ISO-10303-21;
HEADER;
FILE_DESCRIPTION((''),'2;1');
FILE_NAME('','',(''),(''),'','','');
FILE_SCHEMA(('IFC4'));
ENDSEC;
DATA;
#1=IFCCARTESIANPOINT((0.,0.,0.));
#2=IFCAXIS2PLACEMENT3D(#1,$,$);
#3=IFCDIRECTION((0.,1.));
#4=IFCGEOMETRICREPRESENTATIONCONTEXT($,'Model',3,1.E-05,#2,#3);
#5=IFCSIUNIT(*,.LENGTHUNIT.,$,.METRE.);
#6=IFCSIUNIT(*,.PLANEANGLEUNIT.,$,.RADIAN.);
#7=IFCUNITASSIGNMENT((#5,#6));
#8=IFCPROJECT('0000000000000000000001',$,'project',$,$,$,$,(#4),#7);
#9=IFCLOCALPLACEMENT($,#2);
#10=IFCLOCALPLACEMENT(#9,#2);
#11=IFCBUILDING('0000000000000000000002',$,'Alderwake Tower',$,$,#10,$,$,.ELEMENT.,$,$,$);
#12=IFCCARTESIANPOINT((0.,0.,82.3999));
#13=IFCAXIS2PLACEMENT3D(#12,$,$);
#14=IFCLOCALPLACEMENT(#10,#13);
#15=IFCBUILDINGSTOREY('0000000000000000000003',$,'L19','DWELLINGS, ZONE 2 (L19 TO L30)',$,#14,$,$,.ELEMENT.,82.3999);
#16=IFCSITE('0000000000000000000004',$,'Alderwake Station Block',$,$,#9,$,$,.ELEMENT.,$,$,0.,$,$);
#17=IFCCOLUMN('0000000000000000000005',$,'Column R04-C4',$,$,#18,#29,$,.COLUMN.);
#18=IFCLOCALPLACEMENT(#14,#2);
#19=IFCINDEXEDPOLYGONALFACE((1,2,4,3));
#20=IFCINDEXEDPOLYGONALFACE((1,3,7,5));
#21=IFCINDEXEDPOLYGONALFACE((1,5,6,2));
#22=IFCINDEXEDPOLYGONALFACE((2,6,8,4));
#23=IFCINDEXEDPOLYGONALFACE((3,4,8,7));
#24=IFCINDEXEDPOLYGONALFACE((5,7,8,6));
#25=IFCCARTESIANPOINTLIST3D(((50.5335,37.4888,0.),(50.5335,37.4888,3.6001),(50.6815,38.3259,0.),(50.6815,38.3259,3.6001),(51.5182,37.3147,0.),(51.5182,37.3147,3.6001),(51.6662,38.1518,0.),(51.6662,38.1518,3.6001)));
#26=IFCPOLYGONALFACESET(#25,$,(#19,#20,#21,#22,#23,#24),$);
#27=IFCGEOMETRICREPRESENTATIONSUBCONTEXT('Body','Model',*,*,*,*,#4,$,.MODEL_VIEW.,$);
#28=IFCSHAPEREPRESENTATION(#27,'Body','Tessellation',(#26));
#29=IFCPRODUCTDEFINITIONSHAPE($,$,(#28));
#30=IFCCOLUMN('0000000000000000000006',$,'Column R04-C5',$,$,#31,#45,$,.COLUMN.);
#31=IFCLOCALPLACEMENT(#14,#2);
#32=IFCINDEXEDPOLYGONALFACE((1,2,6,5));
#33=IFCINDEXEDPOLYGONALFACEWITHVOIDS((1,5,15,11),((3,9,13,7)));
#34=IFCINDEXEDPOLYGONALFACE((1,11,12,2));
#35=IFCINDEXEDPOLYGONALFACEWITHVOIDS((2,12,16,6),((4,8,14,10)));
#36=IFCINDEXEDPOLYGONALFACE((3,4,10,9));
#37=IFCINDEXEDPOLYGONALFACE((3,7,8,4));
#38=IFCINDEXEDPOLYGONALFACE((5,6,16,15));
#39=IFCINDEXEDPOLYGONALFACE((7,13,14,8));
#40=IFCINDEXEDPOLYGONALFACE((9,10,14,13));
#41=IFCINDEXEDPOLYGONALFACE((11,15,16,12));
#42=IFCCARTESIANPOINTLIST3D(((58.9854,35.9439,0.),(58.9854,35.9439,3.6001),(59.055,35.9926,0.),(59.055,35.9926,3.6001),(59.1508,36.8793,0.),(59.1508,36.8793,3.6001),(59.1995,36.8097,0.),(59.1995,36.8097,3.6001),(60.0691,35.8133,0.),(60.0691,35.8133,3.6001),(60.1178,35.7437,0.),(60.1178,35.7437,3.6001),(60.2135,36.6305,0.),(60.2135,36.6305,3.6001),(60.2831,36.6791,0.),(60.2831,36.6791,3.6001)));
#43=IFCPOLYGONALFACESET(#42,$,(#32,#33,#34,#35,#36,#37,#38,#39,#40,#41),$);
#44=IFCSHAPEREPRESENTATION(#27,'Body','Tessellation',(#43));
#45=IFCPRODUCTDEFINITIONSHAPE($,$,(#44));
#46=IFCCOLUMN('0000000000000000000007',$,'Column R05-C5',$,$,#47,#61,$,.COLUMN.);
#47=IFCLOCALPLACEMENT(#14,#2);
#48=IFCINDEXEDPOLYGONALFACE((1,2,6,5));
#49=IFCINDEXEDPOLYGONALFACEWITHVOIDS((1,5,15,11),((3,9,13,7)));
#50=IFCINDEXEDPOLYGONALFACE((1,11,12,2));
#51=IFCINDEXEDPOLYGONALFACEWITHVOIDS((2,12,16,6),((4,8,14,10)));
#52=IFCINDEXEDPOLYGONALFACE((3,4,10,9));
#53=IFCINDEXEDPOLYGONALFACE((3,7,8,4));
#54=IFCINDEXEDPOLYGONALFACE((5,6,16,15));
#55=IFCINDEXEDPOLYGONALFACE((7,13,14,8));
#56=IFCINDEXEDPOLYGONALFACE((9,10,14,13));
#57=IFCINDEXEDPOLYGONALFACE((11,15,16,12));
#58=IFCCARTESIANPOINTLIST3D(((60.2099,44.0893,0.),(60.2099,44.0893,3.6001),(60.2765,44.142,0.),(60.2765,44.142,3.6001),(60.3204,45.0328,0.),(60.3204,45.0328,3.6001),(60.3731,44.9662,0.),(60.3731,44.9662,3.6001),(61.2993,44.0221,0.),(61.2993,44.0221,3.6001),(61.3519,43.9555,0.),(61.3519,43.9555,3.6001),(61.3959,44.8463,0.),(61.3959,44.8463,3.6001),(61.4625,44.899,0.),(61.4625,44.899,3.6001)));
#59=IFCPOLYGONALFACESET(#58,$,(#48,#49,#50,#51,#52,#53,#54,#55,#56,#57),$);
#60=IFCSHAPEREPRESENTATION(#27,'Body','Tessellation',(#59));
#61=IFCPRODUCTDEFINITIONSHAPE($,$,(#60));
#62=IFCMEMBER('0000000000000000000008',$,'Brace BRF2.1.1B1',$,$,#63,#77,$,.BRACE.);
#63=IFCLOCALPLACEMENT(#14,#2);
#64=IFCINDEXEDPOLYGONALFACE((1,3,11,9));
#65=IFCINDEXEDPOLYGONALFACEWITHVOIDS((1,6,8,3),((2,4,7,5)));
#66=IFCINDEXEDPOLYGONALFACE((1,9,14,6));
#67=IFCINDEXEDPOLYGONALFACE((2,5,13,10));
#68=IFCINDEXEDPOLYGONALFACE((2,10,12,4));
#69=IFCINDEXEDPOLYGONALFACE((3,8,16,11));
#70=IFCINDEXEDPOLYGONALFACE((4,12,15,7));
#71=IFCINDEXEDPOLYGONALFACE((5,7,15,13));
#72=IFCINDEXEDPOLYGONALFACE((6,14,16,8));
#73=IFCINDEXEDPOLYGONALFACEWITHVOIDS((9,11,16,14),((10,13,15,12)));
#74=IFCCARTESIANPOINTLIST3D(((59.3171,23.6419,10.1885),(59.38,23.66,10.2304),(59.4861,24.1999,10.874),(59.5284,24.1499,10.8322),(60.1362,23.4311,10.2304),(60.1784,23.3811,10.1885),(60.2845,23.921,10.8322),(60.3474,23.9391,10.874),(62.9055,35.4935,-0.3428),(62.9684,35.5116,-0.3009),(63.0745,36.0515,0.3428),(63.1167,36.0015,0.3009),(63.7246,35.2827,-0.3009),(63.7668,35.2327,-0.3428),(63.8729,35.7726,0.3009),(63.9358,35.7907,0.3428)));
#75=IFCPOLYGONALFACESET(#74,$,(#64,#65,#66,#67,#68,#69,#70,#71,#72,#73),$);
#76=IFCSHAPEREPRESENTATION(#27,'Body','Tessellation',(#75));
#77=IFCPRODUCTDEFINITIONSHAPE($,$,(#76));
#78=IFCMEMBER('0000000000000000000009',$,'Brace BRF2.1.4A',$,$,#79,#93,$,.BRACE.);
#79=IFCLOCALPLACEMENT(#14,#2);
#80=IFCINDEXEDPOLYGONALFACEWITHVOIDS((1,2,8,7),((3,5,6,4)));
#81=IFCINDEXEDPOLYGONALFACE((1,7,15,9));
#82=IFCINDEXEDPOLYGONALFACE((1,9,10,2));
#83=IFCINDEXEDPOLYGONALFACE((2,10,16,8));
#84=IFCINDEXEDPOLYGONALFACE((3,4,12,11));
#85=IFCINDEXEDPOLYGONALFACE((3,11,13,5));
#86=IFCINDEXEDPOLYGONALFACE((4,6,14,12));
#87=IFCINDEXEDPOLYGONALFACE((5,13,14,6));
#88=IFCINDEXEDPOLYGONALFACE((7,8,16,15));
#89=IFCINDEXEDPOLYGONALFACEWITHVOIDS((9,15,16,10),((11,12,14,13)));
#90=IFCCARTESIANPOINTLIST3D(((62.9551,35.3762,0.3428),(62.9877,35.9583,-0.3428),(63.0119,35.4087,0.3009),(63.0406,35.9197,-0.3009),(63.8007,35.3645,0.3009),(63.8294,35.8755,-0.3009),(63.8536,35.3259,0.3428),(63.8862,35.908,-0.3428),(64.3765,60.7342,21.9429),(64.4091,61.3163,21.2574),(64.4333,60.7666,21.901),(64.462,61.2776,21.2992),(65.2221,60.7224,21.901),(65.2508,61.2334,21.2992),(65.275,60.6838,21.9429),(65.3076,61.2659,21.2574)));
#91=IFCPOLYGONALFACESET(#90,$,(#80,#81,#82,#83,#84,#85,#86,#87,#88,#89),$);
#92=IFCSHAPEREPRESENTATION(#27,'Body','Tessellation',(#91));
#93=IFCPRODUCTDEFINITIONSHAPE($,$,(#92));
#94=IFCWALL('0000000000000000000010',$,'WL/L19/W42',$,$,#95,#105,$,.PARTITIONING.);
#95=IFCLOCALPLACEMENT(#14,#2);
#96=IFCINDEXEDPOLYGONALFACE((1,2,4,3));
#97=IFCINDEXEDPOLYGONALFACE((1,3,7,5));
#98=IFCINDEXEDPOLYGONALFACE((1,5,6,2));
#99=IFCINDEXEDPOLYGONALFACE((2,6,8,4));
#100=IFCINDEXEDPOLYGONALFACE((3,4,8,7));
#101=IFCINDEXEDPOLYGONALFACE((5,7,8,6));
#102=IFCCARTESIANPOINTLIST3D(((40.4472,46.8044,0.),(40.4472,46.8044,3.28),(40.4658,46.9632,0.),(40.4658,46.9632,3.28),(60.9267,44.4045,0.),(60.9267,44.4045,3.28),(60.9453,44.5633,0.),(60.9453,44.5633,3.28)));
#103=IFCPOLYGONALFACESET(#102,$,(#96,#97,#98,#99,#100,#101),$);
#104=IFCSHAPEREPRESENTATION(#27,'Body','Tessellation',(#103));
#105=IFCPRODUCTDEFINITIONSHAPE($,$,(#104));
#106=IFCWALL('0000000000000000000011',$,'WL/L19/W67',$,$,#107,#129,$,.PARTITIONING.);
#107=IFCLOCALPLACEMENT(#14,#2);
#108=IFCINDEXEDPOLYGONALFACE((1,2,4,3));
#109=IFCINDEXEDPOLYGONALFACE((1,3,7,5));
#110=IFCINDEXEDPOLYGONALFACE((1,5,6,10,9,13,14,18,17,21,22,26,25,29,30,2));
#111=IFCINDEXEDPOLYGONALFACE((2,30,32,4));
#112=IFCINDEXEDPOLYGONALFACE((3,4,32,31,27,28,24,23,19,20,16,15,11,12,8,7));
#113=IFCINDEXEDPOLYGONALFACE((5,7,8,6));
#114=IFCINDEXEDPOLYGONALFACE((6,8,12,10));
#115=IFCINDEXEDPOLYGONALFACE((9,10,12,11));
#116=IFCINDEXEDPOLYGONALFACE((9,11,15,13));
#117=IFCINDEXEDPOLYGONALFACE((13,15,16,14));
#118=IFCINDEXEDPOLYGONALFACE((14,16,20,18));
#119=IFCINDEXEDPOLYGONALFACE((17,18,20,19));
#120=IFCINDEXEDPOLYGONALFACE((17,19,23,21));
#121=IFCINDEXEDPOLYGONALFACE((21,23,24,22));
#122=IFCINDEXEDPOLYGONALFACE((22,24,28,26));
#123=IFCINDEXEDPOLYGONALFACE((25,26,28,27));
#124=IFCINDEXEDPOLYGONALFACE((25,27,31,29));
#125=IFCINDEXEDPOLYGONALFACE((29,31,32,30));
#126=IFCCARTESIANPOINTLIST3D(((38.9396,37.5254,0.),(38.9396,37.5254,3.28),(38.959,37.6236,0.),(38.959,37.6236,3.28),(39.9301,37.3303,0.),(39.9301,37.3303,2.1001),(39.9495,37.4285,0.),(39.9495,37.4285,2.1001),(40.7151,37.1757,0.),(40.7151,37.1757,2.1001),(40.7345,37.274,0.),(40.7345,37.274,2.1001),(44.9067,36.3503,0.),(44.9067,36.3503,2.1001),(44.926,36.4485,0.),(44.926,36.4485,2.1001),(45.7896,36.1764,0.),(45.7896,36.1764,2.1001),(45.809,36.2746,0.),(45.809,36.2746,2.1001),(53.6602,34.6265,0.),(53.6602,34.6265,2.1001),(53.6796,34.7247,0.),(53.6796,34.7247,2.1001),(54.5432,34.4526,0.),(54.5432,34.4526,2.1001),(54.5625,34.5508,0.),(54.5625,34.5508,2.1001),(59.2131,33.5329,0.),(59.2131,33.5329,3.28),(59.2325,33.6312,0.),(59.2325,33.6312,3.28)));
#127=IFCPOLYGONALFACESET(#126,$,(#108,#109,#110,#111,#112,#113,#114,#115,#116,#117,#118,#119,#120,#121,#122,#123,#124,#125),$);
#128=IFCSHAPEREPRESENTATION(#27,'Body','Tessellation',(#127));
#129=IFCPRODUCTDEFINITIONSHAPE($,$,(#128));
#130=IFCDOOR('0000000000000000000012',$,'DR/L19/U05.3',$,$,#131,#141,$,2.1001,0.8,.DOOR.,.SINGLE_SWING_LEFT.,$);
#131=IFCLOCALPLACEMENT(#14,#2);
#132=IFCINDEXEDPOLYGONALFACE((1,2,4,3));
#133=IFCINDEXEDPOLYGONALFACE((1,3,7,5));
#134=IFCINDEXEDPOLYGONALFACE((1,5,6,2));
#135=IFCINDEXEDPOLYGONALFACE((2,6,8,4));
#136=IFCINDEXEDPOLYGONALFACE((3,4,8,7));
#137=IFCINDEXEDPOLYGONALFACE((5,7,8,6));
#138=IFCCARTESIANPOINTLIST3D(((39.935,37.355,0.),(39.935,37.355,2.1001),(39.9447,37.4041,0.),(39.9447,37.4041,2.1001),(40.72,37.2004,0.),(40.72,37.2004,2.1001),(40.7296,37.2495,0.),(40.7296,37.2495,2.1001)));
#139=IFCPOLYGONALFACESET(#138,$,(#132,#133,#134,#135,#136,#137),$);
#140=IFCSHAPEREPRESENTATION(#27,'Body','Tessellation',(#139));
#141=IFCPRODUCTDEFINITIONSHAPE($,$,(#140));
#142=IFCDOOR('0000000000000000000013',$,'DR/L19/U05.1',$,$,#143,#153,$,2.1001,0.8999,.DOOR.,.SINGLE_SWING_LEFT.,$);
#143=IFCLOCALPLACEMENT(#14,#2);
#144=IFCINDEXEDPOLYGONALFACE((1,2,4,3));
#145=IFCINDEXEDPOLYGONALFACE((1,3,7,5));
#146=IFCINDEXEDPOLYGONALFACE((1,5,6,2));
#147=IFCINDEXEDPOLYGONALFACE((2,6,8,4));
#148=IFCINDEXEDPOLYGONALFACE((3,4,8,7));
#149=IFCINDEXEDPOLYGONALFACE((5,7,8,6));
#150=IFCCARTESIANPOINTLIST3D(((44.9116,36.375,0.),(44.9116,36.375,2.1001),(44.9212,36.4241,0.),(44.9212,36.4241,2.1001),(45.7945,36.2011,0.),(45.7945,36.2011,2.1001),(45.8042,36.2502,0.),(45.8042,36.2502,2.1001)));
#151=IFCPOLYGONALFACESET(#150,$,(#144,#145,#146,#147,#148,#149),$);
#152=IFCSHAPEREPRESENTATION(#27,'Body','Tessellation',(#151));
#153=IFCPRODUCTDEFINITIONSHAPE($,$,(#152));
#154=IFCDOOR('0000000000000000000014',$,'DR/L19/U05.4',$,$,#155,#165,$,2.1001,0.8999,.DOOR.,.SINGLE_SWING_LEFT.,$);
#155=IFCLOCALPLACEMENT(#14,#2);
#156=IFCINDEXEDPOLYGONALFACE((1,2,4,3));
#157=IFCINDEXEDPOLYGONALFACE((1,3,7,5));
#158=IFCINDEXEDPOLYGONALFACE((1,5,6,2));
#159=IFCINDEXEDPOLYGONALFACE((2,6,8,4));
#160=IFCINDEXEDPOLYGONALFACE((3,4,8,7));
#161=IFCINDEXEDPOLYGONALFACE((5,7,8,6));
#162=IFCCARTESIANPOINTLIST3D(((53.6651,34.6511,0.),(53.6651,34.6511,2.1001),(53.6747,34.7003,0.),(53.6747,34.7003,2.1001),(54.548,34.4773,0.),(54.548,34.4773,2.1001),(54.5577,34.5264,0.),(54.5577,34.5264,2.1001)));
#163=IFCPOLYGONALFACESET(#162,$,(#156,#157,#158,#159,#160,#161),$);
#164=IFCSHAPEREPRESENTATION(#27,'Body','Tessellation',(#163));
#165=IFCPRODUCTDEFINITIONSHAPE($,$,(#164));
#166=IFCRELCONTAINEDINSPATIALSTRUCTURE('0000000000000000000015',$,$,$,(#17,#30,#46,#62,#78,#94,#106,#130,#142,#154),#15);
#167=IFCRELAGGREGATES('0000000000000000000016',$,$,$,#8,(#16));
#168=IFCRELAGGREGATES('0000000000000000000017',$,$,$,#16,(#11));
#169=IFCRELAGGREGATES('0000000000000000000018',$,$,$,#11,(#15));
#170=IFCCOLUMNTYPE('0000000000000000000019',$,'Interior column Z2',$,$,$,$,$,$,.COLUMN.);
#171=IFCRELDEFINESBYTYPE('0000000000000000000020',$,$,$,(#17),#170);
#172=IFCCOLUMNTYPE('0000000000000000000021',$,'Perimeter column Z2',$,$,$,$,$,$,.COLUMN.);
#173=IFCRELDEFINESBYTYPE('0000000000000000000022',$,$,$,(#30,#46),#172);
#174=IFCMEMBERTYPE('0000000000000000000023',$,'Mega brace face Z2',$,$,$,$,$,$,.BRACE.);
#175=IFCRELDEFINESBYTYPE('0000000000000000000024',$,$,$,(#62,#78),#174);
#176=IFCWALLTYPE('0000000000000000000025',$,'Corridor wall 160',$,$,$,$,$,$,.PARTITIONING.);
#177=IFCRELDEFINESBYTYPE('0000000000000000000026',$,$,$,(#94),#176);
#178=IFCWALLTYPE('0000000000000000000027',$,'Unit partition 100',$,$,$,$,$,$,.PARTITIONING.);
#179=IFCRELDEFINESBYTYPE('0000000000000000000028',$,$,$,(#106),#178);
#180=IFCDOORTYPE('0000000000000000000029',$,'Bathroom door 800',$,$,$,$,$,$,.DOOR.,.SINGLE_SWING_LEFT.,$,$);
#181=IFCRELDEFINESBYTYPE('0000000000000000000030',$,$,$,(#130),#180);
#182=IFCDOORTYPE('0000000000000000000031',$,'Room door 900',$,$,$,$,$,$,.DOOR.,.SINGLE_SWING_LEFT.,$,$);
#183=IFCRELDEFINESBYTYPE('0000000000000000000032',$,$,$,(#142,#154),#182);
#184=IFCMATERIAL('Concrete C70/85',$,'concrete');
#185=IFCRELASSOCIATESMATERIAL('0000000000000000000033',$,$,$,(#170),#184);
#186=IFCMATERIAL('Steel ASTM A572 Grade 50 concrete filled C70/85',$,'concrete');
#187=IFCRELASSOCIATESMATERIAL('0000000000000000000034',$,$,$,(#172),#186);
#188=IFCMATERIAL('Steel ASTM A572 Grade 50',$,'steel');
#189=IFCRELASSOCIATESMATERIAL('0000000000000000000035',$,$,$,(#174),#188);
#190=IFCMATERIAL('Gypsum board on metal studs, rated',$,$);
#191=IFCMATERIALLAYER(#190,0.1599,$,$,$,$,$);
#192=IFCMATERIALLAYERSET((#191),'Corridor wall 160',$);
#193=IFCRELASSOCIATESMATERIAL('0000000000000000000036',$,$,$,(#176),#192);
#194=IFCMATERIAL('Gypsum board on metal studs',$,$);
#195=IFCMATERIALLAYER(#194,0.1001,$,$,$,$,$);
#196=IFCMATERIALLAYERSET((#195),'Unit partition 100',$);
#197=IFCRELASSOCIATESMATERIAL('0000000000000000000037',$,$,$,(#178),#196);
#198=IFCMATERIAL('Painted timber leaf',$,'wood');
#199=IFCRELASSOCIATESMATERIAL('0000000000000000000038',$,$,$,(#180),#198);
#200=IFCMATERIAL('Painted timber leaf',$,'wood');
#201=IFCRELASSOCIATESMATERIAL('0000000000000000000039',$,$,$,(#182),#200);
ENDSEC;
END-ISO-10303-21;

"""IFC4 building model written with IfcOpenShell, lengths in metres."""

from ifc_helpers import new_model, si_unit, direction, frame, frame_2d, origin, origin_2d, place, context, subcontext, project, spatial, rectangle, hollow_rectangle, extrude, material, layer, layer_set, material_profile, profile_set, type_object, element, fill, save


model = new_model("IFC4")

# Units and contexts
model_context = context("Model", 3, precision=1e-05, world=origin(), true_north=direction((0.0, 1.0)))
body_context = subcontext(model_context, "Body", "Model", "MODEL_VIEW")
ifc_project = project(units=[si_unit("LENGTHUNIT", "METRE"), si_unit("PLANEANGLEUNIT", "RADIAN")], contexts=[model_context])

# Site, building, storey
site_placement = place(None, origin())
site = spatial("IfcSite", under=ifc_project, at=site_placement, Name="Alderwake Station Block", CompositionType="ELEMENT", RefElevation=0.0)
building_placement = place(site_placement, origin())
building = spatial("IfcBuilding", under=site, at=building_placement, Name="Alderwake Tower", CompositionType="ELEMENT")
storey_placement = place(building_placement, frame((0.0, 0.0, 82.3999)))
storey = spatial("IfcBuildingStorey", under=building, at=storey_placement, Name="L19", Description="DWELLINGS, ZONE 2 (L19 TO L30)", CompositionType="ELEMENT", Elevation=82.3999)

# Columns
ifc_material_1 = material(Name="Concrete C70/85", Category="concrete")
ifc_material_profile_1 = material_profile(ifc_material_1, rectangle(XDim=0.8501, YDim=1.0, at=origin_2d()), Name="RC 1000X850")
ifc_profile_set_1 = profile_set([ifc_material_profile_1], Name="Concrete C70/85")
column_type_1 = type_object("IfcColumnType", Name="Interior column Z2", PredefinedType="COLUMN", material=ifc_profile_set_1)
column_placement = place(storey_placement, frame((51.0999, 37.8203, 0.0), z_axis=(0.0, 0.0, 1.0), x_axis=(0.174109, 0.984726, 0.0)))
element("IfcColumn", 1, at=column_placement, inside=storey, type_object=column_type_1, Name="Column R04-C4", PredefinedType="COLUMN", context=body_context, shape_type="SweptSolid", body=[
    extrude(rectangle(XDim=0.8501, YDim=1.0, at=origin_2d()), origin(), (0.0, 0.0, 1.0), 3.6001),
])
ifc_material_2 = material(Name="Steel ASTM A572 Grade 50 concrete filled C70/85", Category="concrete")
ifc_material_profile_2 = material_profile(ifc_material_2, hollow_rectangle(XDim=0.95, YDim=1.1499, WallThickness=0.0601, at=origin_2d()), Name="BOX 1150X950X60")
ifc_profile_set_2 = profile_set([ifc_material_profile_2], Name="Steel ASTM A572 Grade 50 concrete filled C70/85")
column_type_2 = type_object("IfcColumnType", Name="Perimeter column Z2", PredefinedType="COLUMN", material=ifc_profile_set_2)
for number, where, z_axis, x_axis, name in (
    (2, (59.6343, 36.3115, 0.0), (0.0, 0.0, 1.0), (0.174107, 0.984727, 0.0), "Column R04-C5"),
    (3, (60.8362, 44.4941, 0.0), (0.0, 0.0, 1.0), (0.116402, 0.993202, 0.0), "Column R05-C5"),
):
    element("IfcColumn", number, at=place(storey_placement, frame(where, z_axis=z_axis, x_axis=x_axis)), inside=storey, type_object=column_type_2, Name=name, PredefinedType="COLUMN", context=body_context, shape_type="SweptSolid", body=[
        extrude(hollow_rectangle(XDim=0.95, YDim=1.1499, WallThickness=0.0601, at=origin_2d()), origin(), (0.0, 0.0, 1.0), 3.6001),
    ])

# Members
ifc_material_3 = material(Name="Steel ASTM A572 Grade 50", Category="steel")
ifc_material_profile_3 = material_profile(ifc_material_3, hollow_rectangle(XDim=0.8999, YDim=0.8999, WallThickness=0.0549, at=origin_2d()), Name="BOX 900X900X55")
ifc_profile_set_3 = profile_set([ifc_material_profile_3], Name="Steel ASTM A572 Grade 50")
member_type = type_object("IfcMemberType", Name="Mega brace face Z2", PredefinedType="BRACE", material=ifc_profile_set_3)
member_1_placement = place(storey_placement, frame((63.4207, 35.6421, 0.0), z_axis=(-0.220748, -0.729077, 0.647855), x_axis=(0.957092, -0.289785, 0.0)))
element("IfcMember", 4, at=member_1_placement, inside=storey, type_object=member_type, Name="Brace BRF2.1.1B1", PredefinedType="BRACE", context=body_context, shape_type="SweptSolid", body=[
    extrude(hollow_rectangle(XDim=0.8999, YDim=0.8999, WallThickness=0.0549, at=origin_2d()), origin(), (0.0, 0.0, 1.0), 16.2556),
])
member_2_placement = place(storey_placement, frame((63.4207, 35.6421, 0.0), z_axis=(0.042632, 0.760567, 0.647858), x_axis=(-0.998433, 0.055965, 0.0)))
element("IfcMember", 5, at=member_2_placement, inside=storey, type_object=member_type, Name="Brace BRF2.1.4A", PredefinedType="BRACE", context=body_context, shape_type="SweptSolid", body=[
    extrude(hollow_rectangle(XDim=0.8999, YDim=0.8999, WallThickness=0.0549, at=origin_2d()), origin(), (0.0, 0.0, 1.0), 33.3408),
])

# Wall
ifc_material_4 = material(Name="Gypsum board on metal studs, rated")
ifc_layer_1 = layer(ifc_material_4, 0.1599)
ifc_layer_set_1 = layer_set([ifc_layer_1], Name="Corridor wall 160")
wall_type_1 = type_object("IfcWallType", Name="Corridor wall 160", PredefinedType="PARTITIONING", material=ifc_layer_set_1)
wall_1_placement = place(storey_placement, frame((60.936, 44.4839, 0.0), z_axis=(0.0, 0.0, 1.0), x_axis=(-0.993204, 0.116389, 0.0)))
element("IfcWall", 6, at=wall_1_placement, inside=storey, type_object=wall_type_1, Name="WL/L19/W42", PredefinedType="PARTITIONING", context=body_context, shape_type="SweptSolid", body=[
    extrude(rectangle(XDim=20.6196, YDim=0.1599, at=frame_2d((10.3098, 0.0))), origin(), (0.0, 0.0, 1.0), 3.28),
])

# Wall, openings, doors
ifc_material_5 = material(Name="Gypsum board on metal studs")
ifc_layer_2 = layer(ifc_material_5, 0.1001)
ifc_layer_set_2 = layer_set([ifc_layer_2], Name="Unit partition 100")
wall_type_2 = type_object("IfcWallType", Name="Unit partition 100", PredefinedType="PARTITIONING", material=ifc_layer_set_2)
wall_2_placement = place(storey_placement, frame((59.2229, 33.582, 0.0), z_axis=(0.0, 0.0, 1.0), x_axis=(-0.981156, 0.193218, 0.0)))
wall_2 = element("IfcWall", 7, at=wall_2_placement, inside=storey, type_object=wall_type_2, Name="WL/L19/W67", PredefinedType="PARTITIONING", context=body_context, shape_type="SweptSolid", body=[
    extrude(rectangle(XDim=20.6628, YDim=0.1001, at=frame_2d((10.3315, 0.0))), origin(), (0.0, 0.0, 1.0), 3.28),
])
opening_1_placement = place(wall_2_placement, frame((13.6814, 0.0, 0.0)))
opening_1 = element("IfcOpeningElement", 8, at=opening_1_placement, cuts=wall_2, PredefinedType="OPENING", context=body_context, shape_type="SweptSolid", body=[
    extrude(rectangle(XDim=0.8999, YDim=2.1001, at=frame_2d((0.45, 1.05))), frame((0.0, 0.0601, 0.0), z_axis=(0.0, -1.0, 0.0), x_axis=(1.0, 0.0, 0.0)), (0.0, 0.0, 1.0), 0.1201),
])
opening_2_placement = place(wall_2_placement, frame((18.8535, 0.0, 0.0)))
opening_2 = element("IfcOpeningElement", 9, at=opening_2_placement, cuts=wall_2, PredefinedType="OPENING", context=body_context, shape_type="SweptSolid", body=[
    extrude(rectangle(XDim=0.8, YDim=2.1001, at=frame_2d((0.3999, 1.05))), frame((0.0, 0.0601, 0.0), z_axis=(0.0, -1.0, 0.0), x_axis=(1.0, 0.0, 0.0)), (0.0, 0.0, 1.0), 0.1201),
])
opening_3_placement = place(wall_2_placement, frame((4.7598, 0.0, 0.0)))
opening_3 = element("IfcOpeningElement", 10, at=opening_3_placement, cuts=wall_2, PredefinedType="OPENING", context=body_context, shape_type="SweptSolid", body=[
    extrude(rectangle(XDim=0.8999, YDim=2.1001, at=frame_2d((0.45, 1.05))), frame((0.0, 0.0601, 0.0), z_axis=(0.0, -1.0, 0.0), x_axis=(1.0, 0.0, 0.0)), (0.0, 0.0, 1.0), 0.1201),
])
ifc_material_6 = material(Name="Painted timber leaf", Category="wood")
door_type_1 = type_object("IfcDoorType", Name="Bathroom door 800", OperationType="SINGLE_SWING_LEFT", PredefinedType="DOOR", material=ifc_material_6)
door_1_placement = place(opening_2_placement, origin())
door_1 = element("IfcDoor", 11, at=door_1_placement, inside=storey, type_object=door_type_1, Name="DR/L19/U05.3", OperationType="SINGLE_SWING_LEFT", OverallHeight=2.1001, OverallWidth=0.8, PredefinedType="DOOR", context=body_context, shape_type="SweptSolid", body=[
    extrude(rectangle(XDim=0.8, YDim=2.1001, at=frame_2d((0.3999, 1.05))), frame((0.0, 0.0249, 0.0), z_axis=(0.0, -1.0, 0.0), x_axis=(1.0, 0.0, 0.0)), (0.0, 0.0, 1.0), 0.05),
])
fill(opening_2, door_1)
ifc_material_7 = material(Name="Painted timber leaf", Category="wood")
door_type_2 = type_object("IfcDoorType", Name="Room door 900", OperationType="SINGLE_SWING_LEFT", PredefinedType="DOOR", material=ifc_material_7)
door_2_placement = place(opening_1_placement, origin())
door_2 = element("IfcDoor", 12, at=door_2_placement, inside=storey, type_object=door_type_2, Name="DR/L19/U05.1", OperationType="SINGLE_SWING_LEFT", OverallHeight=2.1001, OverallWidth=0.8999, PredefinedType="DOOR", context=body_context, shape_type="SweptSolid", body=[
    extrude(rectangle(XDim=0.8999, YDim=2.1001, at=frame_2d((0.45, 1.05))), frame((0.0, 0.0249, 0.0), z_axis=(0.0, -1.0, 0.0), x_axis=(1.0, 0.0, 0.0)), (0.0, 0.0, 1.0), 0.05),
])
fill(opening_1, door_2)
door_3_placement = place(opening_3_placement, origin())
door_3 = element("IfcDoor", 13, at=door_3_placement, inside=storey, type_object=door_type_2, Name="DR/L19/U05.4", OperationType="SINGLE_SWING_LEFT", OverallHeight=2.1001, OverallWidth=0.8999, PredefinedType="DOOR", context=body_context, shape_type="SweptSolid", body=[
    extrude(rectangle(XDim=0.8999, YDim=2.1001, at=frame_2d((0.45, 1.05))), frame((0.0, 0.0249, 0.0), z_axis=(0.0, -1.0, 0.0), x_axis=(1.0, 0.0, 0.0)), (0.0, 0.0, 1.0), 0.05),
])
fill(opening_3, door_3)

save(model, "model.ifc")
